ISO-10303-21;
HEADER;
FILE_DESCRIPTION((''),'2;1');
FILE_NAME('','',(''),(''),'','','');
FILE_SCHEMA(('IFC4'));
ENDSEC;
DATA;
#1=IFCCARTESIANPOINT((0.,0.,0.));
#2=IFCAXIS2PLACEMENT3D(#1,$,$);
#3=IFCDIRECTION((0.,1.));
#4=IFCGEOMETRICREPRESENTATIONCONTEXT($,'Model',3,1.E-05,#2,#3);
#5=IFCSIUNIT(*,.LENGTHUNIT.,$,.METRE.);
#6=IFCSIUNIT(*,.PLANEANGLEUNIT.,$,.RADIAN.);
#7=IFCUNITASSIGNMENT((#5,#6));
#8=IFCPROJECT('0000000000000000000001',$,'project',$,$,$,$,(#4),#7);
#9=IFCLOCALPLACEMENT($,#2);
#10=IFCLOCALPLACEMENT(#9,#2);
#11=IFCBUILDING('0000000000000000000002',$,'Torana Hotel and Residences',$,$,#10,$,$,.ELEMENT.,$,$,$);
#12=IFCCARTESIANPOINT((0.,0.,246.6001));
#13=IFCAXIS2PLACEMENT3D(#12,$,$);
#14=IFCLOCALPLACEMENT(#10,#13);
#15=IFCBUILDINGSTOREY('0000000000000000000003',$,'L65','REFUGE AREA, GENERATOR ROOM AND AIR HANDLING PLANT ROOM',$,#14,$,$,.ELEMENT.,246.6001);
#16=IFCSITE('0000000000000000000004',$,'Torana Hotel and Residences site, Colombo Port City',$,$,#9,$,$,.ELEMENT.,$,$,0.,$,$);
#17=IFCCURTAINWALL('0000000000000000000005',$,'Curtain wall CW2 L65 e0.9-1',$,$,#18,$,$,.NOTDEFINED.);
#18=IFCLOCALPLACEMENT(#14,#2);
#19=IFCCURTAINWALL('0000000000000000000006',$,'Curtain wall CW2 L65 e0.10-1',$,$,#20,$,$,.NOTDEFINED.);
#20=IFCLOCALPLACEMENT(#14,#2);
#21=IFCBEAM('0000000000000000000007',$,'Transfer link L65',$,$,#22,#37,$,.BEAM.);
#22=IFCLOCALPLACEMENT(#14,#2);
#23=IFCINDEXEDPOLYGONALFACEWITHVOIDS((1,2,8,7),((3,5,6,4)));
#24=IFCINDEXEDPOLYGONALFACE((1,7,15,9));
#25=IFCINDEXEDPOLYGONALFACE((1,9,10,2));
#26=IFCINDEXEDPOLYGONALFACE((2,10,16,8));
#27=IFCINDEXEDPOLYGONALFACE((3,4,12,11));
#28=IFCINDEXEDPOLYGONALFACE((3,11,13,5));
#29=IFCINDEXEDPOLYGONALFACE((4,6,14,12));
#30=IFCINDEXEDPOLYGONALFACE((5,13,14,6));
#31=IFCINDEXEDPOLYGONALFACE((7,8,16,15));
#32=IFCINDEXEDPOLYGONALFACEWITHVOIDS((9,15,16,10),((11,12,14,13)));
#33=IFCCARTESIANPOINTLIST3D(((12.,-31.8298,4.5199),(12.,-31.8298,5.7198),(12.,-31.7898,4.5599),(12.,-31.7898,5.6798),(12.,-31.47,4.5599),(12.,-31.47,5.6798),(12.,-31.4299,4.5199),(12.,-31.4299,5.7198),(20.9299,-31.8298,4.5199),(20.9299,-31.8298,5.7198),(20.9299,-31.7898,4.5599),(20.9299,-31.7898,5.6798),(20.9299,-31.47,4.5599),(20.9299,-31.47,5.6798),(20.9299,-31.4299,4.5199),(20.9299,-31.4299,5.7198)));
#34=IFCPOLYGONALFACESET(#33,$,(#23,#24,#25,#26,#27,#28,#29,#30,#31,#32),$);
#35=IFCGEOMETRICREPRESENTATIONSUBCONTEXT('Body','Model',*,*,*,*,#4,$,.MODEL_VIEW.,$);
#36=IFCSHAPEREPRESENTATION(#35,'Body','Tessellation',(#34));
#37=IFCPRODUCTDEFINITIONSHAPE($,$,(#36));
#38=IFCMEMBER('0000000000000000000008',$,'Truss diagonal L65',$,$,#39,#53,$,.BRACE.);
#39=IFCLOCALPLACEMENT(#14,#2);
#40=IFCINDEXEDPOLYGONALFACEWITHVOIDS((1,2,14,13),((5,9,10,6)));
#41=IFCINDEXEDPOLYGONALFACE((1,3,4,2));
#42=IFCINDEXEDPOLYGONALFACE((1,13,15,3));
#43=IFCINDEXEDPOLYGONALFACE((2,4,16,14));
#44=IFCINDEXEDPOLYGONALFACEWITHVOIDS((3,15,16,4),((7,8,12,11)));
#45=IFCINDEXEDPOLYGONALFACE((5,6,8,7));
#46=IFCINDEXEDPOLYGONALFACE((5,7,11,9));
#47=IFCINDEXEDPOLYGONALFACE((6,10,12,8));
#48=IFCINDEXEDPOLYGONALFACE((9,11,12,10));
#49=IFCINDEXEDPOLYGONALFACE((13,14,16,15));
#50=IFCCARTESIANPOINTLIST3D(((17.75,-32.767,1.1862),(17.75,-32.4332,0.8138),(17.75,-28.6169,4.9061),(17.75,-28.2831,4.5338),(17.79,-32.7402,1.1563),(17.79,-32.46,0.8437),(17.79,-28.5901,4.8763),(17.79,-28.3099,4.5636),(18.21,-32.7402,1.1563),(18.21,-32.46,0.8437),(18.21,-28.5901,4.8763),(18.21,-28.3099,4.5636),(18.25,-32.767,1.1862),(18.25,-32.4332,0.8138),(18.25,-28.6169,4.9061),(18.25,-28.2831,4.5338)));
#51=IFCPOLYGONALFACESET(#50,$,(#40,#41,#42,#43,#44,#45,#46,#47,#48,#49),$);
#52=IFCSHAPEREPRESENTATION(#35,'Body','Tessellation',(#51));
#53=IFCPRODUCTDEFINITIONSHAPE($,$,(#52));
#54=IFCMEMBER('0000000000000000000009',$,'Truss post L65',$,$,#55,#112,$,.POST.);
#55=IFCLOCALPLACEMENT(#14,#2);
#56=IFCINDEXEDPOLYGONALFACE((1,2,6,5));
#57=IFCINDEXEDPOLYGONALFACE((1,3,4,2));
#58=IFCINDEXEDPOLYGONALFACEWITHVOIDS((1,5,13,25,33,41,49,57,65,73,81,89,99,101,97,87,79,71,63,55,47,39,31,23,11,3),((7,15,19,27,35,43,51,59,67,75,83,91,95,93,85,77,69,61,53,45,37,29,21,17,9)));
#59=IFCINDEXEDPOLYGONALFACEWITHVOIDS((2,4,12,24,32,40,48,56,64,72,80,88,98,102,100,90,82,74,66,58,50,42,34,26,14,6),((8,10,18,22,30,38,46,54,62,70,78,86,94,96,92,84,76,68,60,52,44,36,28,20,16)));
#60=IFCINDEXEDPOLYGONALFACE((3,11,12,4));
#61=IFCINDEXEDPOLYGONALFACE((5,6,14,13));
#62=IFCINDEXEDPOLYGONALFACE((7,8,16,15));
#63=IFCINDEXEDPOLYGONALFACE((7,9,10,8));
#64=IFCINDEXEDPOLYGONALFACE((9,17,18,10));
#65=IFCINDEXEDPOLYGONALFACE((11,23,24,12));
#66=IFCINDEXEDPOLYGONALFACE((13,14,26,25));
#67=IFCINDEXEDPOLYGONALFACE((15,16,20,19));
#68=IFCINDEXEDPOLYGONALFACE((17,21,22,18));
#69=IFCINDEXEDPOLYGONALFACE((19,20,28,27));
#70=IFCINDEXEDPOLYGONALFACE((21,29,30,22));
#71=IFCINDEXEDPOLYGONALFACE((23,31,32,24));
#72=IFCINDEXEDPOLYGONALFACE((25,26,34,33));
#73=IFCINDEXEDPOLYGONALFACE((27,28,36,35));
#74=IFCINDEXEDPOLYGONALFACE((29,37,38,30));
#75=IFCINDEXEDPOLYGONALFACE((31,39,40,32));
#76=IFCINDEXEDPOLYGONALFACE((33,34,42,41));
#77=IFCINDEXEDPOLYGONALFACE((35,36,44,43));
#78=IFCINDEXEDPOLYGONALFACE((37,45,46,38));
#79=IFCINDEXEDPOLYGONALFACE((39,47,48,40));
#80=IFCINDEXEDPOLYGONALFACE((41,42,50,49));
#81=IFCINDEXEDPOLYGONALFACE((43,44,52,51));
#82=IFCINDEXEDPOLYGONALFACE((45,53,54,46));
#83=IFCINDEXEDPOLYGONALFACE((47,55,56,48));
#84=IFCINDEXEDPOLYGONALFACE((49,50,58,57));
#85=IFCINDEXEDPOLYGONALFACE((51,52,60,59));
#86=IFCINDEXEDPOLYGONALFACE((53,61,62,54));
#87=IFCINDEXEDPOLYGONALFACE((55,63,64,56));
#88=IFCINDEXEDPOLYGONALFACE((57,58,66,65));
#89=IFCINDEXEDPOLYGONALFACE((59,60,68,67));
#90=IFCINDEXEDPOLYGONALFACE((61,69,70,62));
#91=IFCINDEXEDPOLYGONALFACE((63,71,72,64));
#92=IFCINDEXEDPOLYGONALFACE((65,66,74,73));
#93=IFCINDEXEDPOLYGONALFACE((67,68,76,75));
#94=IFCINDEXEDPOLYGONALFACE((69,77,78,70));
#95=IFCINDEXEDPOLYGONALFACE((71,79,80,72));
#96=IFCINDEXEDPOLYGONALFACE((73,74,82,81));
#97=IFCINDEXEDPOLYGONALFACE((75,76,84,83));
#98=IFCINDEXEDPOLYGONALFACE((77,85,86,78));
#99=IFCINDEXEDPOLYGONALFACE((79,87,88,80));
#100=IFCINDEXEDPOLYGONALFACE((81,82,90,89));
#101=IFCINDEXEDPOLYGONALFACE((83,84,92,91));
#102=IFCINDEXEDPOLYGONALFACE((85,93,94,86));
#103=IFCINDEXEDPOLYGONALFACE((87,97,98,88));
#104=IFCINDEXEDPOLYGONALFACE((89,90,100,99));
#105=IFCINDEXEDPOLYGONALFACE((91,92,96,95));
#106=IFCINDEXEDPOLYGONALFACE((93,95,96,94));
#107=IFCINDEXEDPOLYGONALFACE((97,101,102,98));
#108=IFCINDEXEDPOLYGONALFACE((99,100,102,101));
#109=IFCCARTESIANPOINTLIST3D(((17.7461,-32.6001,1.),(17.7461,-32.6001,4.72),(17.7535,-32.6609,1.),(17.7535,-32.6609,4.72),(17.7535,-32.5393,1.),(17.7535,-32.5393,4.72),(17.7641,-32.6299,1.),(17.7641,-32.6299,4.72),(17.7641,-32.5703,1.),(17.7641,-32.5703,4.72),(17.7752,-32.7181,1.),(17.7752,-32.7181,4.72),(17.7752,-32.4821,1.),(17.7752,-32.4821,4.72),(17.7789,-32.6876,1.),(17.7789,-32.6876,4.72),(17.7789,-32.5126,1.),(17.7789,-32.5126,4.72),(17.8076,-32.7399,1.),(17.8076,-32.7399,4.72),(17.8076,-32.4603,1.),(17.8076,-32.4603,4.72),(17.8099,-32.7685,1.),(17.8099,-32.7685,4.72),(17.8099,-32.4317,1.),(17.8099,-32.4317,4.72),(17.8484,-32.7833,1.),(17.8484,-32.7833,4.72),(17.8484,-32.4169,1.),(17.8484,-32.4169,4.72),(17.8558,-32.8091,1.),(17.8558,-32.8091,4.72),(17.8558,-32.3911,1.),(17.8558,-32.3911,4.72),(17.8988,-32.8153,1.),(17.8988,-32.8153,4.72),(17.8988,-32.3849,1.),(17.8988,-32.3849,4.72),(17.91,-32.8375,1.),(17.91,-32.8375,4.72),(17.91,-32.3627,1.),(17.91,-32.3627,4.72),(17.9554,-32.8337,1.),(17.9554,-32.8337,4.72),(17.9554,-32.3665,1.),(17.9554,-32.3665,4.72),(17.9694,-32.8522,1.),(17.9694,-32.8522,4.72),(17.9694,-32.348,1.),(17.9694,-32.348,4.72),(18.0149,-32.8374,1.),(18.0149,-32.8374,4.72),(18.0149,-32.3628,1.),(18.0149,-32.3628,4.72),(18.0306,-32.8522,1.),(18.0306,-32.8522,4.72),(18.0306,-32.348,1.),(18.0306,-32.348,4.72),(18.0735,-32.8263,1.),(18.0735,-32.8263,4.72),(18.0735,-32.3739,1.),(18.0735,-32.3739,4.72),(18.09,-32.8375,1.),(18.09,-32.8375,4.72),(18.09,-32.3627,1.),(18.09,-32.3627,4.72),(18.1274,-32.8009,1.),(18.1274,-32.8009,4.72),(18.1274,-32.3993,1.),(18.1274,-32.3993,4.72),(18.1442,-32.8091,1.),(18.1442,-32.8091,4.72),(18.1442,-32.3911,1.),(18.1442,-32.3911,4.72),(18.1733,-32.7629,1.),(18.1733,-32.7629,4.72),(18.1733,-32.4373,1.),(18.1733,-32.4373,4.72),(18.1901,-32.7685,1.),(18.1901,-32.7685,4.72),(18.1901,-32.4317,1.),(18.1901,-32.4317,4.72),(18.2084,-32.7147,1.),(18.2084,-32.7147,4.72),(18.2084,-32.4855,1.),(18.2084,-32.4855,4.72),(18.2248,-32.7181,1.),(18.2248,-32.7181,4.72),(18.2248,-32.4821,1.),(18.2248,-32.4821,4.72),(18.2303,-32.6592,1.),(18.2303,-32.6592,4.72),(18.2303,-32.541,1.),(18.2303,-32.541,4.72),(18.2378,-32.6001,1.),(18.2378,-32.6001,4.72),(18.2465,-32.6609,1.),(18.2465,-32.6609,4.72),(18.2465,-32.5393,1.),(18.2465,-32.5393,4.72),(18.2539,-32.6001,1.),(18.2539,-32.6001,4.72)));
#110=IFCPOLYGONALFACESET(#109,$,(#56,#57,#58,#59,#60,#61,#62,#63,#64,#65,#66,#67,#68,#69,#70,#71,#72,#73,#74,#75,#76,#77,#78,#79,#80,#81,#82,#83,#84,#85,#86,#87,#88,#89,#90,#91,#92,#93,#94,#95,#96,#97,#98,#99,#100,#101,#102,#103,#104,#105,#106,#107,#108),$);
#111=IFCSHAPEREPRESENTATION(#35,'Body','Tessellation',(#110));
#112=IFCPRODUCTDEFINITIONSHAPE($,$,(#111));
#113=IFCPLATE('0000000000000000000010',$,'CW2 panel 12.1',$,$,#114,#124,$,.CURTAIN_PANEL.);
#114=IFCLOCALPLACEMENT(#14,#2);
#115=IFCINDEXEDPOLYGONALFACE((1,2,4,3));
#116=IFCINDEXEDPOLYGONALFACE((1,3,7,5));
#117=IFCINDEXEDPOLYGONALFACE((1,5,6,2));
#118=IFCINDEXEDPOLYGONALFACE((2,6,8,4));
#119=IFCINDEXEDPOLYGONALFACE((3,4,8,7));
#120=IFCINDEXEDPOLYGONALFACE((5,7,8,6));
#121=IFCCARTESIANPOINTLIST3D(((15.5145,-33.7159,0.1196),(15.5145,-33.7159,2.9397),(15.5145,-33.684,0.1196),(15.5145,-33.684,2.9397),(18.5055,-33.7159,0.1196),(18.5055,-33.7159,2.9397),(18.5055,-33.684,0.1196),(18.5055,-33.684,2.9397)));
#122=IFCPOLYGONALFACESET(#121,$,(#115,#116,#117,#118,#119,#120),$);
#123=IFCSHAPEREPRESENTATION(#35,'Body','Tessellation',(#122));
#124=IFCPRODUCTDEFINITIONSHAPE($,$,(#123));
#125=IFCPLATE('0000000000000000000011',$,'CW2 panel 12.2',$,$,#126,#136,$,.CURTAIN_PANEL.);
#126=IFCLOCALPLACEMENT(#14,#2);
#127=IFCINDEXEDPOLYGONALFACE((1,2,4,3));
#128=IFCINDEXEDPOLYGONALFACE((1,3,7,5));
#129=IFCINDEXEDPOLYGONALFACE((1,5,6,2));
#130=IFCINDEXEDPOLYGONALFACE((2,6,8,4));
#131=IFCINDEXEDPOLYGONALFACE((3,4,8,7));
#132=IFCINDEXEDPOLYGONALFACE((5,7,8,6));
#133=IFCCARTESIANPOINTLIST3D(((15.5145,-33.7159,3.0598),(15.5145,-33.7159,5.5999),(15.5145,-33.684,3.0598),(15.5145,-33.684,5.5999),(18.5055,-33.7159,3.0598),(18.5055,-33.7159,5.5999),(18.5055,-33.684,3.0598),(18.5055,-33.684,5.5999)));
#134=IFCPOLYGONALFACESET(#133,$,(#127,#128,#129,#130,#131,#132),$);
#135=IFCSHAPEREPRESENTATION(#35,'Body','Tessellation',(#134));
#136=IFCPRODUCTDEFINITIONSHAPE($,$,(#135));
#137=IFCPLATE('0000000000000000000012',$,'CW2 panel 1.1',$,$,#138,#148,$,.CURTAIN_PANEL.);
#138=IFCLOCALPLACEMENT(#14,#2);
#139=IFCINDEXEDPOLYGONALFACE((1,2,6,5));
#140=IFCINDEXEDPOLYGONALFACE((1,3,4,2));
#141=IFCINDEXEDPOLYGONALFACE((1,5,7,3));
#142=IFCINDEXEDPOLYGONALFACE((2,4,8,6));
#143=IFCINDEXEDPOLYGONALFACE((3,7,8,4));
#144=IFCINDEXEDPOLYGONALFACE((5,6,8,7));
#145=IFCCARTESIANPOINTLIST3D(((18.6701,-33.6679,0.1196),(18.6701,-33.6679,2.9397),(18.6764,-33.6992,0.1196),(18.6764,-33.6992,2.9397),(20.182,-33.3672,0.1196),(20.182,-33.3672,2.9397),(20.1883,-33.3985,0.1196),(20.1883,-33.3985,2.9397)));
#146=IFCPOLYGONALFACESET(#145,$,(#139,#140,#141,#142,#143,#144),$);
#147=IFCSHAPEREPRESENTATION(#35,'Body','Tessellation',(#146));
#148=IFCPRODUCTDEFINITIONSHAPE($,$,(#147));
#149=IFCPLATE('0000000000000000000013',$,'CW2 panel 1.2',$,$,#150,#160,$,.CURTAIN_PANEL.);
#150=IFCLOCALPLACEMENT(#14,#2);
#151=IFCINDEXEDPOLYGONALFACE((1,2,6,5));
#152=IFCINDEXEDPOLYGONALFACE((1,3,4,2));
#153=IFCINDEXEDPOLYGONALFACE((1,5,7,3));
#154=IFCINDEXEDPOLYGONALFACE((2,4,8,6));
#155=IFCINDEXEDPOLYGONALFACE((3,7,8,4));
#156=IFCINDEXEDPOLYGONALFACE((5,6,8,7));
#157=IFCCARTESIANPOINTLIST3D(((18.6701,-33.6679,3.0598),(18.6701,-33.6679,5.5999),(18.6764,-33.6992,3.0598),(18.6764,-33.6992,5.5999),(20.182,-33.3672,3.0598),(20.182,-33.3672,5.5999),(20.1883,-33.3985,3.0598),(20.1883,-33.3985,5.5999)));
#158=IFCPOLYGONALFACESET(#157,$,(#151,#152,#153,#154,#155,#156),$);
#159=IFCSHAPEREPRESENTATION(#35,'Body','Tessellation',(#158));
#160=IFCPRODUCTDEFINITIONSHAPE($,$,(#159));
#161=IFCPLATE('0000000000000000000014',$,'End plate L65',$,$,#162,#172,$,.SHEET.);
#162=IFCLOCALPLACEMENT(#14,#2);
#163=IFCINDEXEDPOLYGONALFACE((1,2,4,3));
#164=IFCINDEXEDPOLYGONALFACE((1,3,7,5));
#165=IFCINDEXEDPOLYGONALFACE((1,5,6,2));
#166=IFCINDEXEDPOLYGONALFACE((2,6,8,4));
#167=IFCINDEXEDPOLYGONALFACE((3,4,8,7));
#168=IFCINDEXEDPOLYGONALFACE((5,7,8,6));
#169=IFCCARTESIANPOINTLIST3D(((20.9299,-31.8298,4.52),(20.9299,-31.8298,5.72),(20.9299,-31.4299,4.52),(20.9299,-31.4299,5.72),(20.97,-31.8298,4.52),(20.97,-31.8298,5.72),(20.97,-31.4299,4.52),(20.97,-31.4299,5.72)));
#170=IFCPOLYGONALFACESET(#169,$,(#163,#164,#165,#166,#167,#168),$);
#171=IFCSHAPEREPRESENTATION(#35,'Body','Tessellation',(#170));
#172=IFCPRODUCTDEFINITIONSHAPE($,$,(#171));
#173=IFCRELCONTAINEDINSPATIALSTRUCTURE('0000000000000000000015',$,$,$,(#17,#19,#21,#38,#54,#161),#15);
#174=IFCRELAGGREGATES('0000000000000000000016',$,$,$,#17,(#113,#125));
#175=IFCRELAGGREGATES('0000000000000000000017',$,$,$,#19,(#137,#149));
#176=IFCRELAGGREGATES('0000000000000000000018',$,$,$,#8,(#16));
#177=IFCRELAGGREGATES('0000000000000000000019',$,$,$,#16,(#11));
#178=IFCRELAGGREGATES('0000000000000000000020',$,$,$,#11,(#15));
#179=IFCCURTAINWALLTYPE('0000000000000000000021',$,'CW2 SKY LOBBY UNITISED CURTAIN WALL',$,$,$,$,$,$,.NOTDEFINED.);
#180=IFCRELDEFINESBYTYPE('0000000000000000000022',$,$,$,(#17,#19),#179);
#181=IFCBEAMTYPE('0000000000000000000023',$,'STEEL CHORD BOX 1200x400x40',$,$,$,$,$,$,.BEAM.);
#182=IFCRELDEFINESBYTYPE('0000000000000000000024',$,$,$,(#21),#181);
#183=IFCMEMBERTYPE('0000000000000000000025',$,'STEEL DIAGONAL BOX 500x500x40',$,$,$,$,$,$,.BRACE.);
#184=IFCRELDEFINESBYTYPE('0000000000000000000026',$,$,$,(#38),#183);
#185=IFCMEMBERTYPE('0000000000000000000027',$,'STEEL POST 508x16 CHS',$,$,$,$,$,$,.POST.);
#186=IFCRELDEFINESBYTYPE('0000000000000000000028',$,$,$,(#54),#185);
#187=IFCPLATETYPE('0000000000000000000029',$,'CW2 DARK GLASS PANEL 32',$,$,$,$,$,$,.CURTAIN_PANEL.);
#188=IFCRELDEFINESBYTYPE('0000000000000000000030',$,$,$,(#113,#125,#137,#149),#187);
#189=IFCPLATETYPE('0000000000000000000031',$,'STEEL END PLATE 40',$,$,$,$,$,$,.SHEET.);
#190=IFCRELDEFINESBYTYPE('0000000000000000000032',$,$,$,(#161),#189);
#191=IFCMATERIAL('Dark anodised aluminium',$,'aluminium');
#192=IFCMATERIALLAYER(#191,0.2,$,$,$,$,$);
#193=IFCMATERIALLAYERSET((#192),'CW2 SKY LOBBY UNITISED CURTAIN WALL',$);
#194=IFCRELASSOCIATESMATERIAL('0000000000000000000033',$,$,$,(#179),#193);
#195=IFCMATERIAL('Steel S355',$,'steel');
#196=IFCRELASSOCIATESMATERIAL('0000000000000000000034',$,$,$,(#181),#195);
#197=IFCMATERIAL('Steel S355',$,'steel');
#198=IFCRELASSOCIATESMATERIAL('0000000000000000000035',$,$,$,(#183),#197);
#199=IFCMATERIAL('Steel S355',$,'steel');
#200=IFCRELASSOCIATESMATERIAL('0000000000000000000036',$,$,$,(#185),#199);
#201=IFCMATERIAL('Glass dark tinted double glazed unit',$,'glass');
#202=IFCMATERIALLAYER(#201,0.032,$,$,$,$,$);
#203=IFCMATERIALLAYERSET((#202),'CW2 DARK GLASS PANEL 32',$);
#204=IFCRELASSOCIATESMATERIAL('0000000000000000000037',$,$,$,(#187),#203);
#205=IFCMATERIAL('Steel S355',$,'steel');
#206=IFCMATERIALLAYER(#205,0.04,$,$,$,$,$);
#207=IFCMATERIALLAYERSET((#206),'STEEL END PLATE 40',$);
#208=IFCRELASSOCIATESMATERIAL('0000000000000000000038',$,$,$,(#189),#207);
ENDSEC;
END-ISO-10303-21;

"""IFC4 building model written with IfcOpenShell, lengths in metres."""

from ifc_helpers import new_model, si_unit, direction, frame, origin, origin_2d, place, context, subcontext, project, spatial, rectangle, hollow_rectangle, hollow_circle, extrude, material, layer, layer_set, material_profile, profile_set, type_object, element, aggregate, save


model = new_model("IFC4")

# Units and contexts
model_context = context("Model", 3, precision=1e-05, world=origin(), true_north=direction((0.0, 1.0)))
body_context = subcontext(model_context, "Body", "Model", "MODEL_VIEW")
ifc_project = project(units=[si_unit("LENGTHUNIT", "METRE"), si_unit("PLANEANGLEUNIT", "RADIAN")], contexts=[model_context])

# Site, building, storey
site_placement = place(None, origin())
site = spatial("IfcSite", under=ifc_project, at=site_placement, Name="Torana Hotel and Residences site, Colombo Port City", CompositionType="ELEMENT", RefElevation=0.0)
building_placement = place(site_placement, origin())
building = spatial("IfcBuilding", under=site, at=building_placement, Name="Torana Hotel and Residences", CompositionType="ELEMENT")
storey_placement = place(building_placement, frame((0.0, 0.0, 246.6001)))
storey = spatial("IfcBuildingStorey", under=building, at=storey_placement, Name="L65", Description="REFUGE AREA, GENERATOR ROOM AND AIR HANDLING PLANT ROOM", CompositionType="ELEMENT", Elevation=246.6001)

# Curtain wall
ifc_material_1 = material(Name="Dark anodised aluminium", Category="aluminium")
ifc_layer_1 = layer(ifc_material_1, 0.2)
ifc_layer_set_1 = layer_set([ifc_layer_1], Name="CW2 SKY LOBBY UNITISED CURTAIN WALL")
curtain_wall_type = type_object("IfcCurtainWallType", Name="CW2 SKY LOBBY UNITISED CURTAIN WALL", PredefinedType="NOTDEFINED", material=ifc_layer_set_1)
curtain_wall_1_placement = place(storey_placement, origin())
curtain_wall_1 = element("IfcCurtainWall", 1, at=curtain_wall_1_placement, inside=storey, type_object=curtain_wall_type, Name="Curtain wall CW2 L65 e0.9-1", PredefinedType="NOTDEFINED")

# Curtain wall
curtain_wall_2_placement = place(storey_placement, origin())
curtain_wall_2 = element("IfcCurtainWall", 2, at=curtain_wall_2_placement, inside=storey, type_object=curtain_wall_type, Name="Curtain wall CW2 L65 e0.10-1", PredefinedType="NOTDEFINED")

# Beam
ifc_material_2 = material(Name="Steel S355", Category="steel")
ifc_material_profile_1 = material_profile(ifc_material_2, hollow_rectangle(XDim=0.3999, YDim=1.2, WallThickness=0.04, at=origin_2d()), Name="BOX 1200x400x40")
ifc_profile_set_1 = profile_set([ifc_material_profile_1], Name="Steel S355")
beam_type = type_object("IfcBeamType", Name="STEEL CHORD BOX 1200x400x40", PredefinedType="BEAM", material=ifc_profile_set_1)
beam_placement = place(storey_placement, frame((20.9299, -31.6299, 5.1199), z_axis=(-1.0, 0.0, 0.0), x_axis=(0.0, -1.0, 0.0)))
element("IfcBeam", 3, at=beam_placement, inside=storey, type_object=beam_type, Name="Transfer link L65", PredefinedType="BEAM", context=body_context, shape_type="SweptSolid", body=[
    extrude(hollow_rectangle(XDim=0.3999, YDim=1.2, WallThickness=0.04, at=origin_2d()), origin(), (0.0, 0.0, 1.0), 8.9299),
])

# Members
ifc_material_3 = material(Name="Steel S355", Category="steel")
ifc_material_profile_2 = material_profile(ifc_material_3, hollow_rectangle(XDim=0.5, YDim=0.5, WallThickness=0.04, at=origin_2d()), Name="BOX 500x500x40")
ifc_profile_set_2 = profile_set([ifc_material_profile_2], Name="Steel S355")
member_type_1 = type_object("IfcMemberType", Name="STEEL DIAGONAL BOX 500x500x40", PredefinedType="BRACE", material=ifc_profile_set_2)
member_1_placement = place(storey_placement, frame((18.0, -32.6001, 1.0), z_axis=(0.0, 0.744645, 0.66746), x_axis=(-1.0, 0.0, 0.0)))
element("IfcMember", 4, at=member_1_placement, inside=storey, type_object=member_type_1, Name="Truss diagonal L65", PredefinedType="BRACE", context=body_context, shape_type="SweptSolid", body=[
    extrude(hollow_rectangle(XDim=0.5, YDim=0.5, WallThickness=0.04, at=origin_2d()), origin(), (0.0, 0.0, 1.0), 5.5732),
])
ifc_material_4 = material(Name="Steel S355", Category="steel")
ifc_material_profile_3 = material_profile(ifc_material_4, hollow_circle(Radius=0.2539, WallThickness=0.0161, at=origin_2d()), Name="508x16 CHS")
ifc_profile_set_3 = profile_set([ifc_material_profile_3], Name="Steel S355")
member_type_2 = type_object("IfcMemberType", Name="STEEL POST 508x16 CHS", PredefinedType="POST", material=ifc_profile_set_3)
member_2_placement = place(storey_placement, frame((18.0, -32.6001, 1.0), z_axis=(0.0, 0.0, 1.0), x_axis=(1.0, 0.0, 0.0)))
element("IfcMember", 5, at=member_2_placement, inside=storey, type_object=member_type_2, Name="Truss post L65", PredefinedType="POST", context=body_context, shape_type="SweptSolid", body=[
    extrude(hollow_circle(Radius=0.2539, WallThickness=0.0161, at=origin_2d()), origin(), (0.0, 0.0, 1.0), 3.72),
])

# Plates
ifc_material_5 = material(Name="Glass dark tinted double glazed unit", Category="glass")
ifc_layer_2 = layer(ifc_material_5, 0.032)
ifc_layer_set_2 = layer_set([ifc_layer_2], Name="CW2 DARK GLASS PANEL 32")
plate_type_1 = type_object("IfcPlateType", Name="CW2 DARK GLASS PANEL 32", PredefinedType="CURTAIN_PANEL", material=ifc_layer_set_2)
plate_1_placement = place(storey_placement, frame((17.01, -33.7, 0.1196), z_axis=(0.0, 0.0, 1.0), x_axis=(1.0, 0.0, 0.0)))
plate_1 = element("IfcPlate", 6, at=plate_1_placement, type_object=plate_type_1, Name="CW2 panel 12.1", PredefinedType="CURTAIN_PANEL", context=body_context, shape_type="SweptSolid", body=[
    extrude(rectangle(XDim=2.991, YDim=0.032, at=origin_2d()), origin(), (0.0, 0.0, 1.0), 2.8201),
])
plate_2_placement = place(storey_placement, frame((17.01, -33.7, 3.0598), z_axis=(0.0, 0.0, 1.0), x_axis=(1.0, 0.0, 0.0)))
plate_2 = element("IfcPlate", 7, at=plate_2_placement, type_object=plate_type_1, Name="CW2 panel 12.2", PredefinedType="CURTAIN_PANEL", context=body_context, shape_type="SweptSolid", body=[
    extrude(rectangle(XDim=2.991, YDim=0.032, at=origin_2d()), origin(), (0.0, 0.0, 1.0), 2.54),
])
aggregate(curtain_wall_1, [plate_1, plate_2])
plate_3_placement = place(storey_placement, frame((19.4292, -33.5332, 0.1196), z_axis=(0.0, 0.0, 1.0), x_axis=(0.980791, 0.195064, 0.0)))
plate_3 = element("IfcPlate", 8, at=plate_3_placement, type_object=plate_type_1, Name="CW2 panel 1.1", PredefinedType="CURTAIN_PANEL", context=body_context, shape_type="SweptSolid", body=[
    extrude(rectangle(XDim=1.5415, YDim=0.032, at=origin_2d()), origin(), (0.0, 0.0, 1.0), 2.8201),
])
plate_4_placement = place(storey_placement, frame((19.4292, -33.5332, 3.0598), z_axis=(0.0, 0.0, 1.0), x_axis=(0.980791, 0.195064, 0.0)))
plate_4 = element("IfcPlate", 9, at=plate_4_placement, type_object=plate_type_1, Name="CW2 panel 1.2", PredefinedType="CURTAIN_PANEL", context=body_context, shape_type="SweptSolid", body=[
    extrude(rectangle(XDim=1.5415, YDim=0.032, at=origin_2d()), origin(), (0.0, 0.0, 1.0), 2.54),
])
aggregate(curtain_wall_2, [plate_3, plate_4])
ifc_material_6 = material(Name="Steel S355", Category="steel")
ifc_layer_3 = layer(ifc_material_6, 0.04)
ifc_layer_set_3 = layer_set([ifc_layer_3], Name="STEEL END PLATE 40")
plate_type_2 = type_object("IfcPlateType", Name="STEEL END PLATE 40", PredefinedType="SHEET", material=ifc_layer_set_3)
plate_5_placement = place(storey_placement, frame((20.95, -31.6299, 4.52), z_axis=(0.0, 0.0, 1.0), x_axis=(1.0, 0.0, 0.0)))
element("IfcPlate", 10, at=plate_5_placement, inside=storey, type_object=plate_type_2, Name="End plate L65", PredefinedType="SHEET", context=body_context, shape_type="SweptSolid", body=[
    extrude(rectangle(XDim=0.04, YDim=0.3999, at=origin_2d()), origin(), (0.0, 0.0, 1.0), 1.2),
])

save(model, "model.ifc")
